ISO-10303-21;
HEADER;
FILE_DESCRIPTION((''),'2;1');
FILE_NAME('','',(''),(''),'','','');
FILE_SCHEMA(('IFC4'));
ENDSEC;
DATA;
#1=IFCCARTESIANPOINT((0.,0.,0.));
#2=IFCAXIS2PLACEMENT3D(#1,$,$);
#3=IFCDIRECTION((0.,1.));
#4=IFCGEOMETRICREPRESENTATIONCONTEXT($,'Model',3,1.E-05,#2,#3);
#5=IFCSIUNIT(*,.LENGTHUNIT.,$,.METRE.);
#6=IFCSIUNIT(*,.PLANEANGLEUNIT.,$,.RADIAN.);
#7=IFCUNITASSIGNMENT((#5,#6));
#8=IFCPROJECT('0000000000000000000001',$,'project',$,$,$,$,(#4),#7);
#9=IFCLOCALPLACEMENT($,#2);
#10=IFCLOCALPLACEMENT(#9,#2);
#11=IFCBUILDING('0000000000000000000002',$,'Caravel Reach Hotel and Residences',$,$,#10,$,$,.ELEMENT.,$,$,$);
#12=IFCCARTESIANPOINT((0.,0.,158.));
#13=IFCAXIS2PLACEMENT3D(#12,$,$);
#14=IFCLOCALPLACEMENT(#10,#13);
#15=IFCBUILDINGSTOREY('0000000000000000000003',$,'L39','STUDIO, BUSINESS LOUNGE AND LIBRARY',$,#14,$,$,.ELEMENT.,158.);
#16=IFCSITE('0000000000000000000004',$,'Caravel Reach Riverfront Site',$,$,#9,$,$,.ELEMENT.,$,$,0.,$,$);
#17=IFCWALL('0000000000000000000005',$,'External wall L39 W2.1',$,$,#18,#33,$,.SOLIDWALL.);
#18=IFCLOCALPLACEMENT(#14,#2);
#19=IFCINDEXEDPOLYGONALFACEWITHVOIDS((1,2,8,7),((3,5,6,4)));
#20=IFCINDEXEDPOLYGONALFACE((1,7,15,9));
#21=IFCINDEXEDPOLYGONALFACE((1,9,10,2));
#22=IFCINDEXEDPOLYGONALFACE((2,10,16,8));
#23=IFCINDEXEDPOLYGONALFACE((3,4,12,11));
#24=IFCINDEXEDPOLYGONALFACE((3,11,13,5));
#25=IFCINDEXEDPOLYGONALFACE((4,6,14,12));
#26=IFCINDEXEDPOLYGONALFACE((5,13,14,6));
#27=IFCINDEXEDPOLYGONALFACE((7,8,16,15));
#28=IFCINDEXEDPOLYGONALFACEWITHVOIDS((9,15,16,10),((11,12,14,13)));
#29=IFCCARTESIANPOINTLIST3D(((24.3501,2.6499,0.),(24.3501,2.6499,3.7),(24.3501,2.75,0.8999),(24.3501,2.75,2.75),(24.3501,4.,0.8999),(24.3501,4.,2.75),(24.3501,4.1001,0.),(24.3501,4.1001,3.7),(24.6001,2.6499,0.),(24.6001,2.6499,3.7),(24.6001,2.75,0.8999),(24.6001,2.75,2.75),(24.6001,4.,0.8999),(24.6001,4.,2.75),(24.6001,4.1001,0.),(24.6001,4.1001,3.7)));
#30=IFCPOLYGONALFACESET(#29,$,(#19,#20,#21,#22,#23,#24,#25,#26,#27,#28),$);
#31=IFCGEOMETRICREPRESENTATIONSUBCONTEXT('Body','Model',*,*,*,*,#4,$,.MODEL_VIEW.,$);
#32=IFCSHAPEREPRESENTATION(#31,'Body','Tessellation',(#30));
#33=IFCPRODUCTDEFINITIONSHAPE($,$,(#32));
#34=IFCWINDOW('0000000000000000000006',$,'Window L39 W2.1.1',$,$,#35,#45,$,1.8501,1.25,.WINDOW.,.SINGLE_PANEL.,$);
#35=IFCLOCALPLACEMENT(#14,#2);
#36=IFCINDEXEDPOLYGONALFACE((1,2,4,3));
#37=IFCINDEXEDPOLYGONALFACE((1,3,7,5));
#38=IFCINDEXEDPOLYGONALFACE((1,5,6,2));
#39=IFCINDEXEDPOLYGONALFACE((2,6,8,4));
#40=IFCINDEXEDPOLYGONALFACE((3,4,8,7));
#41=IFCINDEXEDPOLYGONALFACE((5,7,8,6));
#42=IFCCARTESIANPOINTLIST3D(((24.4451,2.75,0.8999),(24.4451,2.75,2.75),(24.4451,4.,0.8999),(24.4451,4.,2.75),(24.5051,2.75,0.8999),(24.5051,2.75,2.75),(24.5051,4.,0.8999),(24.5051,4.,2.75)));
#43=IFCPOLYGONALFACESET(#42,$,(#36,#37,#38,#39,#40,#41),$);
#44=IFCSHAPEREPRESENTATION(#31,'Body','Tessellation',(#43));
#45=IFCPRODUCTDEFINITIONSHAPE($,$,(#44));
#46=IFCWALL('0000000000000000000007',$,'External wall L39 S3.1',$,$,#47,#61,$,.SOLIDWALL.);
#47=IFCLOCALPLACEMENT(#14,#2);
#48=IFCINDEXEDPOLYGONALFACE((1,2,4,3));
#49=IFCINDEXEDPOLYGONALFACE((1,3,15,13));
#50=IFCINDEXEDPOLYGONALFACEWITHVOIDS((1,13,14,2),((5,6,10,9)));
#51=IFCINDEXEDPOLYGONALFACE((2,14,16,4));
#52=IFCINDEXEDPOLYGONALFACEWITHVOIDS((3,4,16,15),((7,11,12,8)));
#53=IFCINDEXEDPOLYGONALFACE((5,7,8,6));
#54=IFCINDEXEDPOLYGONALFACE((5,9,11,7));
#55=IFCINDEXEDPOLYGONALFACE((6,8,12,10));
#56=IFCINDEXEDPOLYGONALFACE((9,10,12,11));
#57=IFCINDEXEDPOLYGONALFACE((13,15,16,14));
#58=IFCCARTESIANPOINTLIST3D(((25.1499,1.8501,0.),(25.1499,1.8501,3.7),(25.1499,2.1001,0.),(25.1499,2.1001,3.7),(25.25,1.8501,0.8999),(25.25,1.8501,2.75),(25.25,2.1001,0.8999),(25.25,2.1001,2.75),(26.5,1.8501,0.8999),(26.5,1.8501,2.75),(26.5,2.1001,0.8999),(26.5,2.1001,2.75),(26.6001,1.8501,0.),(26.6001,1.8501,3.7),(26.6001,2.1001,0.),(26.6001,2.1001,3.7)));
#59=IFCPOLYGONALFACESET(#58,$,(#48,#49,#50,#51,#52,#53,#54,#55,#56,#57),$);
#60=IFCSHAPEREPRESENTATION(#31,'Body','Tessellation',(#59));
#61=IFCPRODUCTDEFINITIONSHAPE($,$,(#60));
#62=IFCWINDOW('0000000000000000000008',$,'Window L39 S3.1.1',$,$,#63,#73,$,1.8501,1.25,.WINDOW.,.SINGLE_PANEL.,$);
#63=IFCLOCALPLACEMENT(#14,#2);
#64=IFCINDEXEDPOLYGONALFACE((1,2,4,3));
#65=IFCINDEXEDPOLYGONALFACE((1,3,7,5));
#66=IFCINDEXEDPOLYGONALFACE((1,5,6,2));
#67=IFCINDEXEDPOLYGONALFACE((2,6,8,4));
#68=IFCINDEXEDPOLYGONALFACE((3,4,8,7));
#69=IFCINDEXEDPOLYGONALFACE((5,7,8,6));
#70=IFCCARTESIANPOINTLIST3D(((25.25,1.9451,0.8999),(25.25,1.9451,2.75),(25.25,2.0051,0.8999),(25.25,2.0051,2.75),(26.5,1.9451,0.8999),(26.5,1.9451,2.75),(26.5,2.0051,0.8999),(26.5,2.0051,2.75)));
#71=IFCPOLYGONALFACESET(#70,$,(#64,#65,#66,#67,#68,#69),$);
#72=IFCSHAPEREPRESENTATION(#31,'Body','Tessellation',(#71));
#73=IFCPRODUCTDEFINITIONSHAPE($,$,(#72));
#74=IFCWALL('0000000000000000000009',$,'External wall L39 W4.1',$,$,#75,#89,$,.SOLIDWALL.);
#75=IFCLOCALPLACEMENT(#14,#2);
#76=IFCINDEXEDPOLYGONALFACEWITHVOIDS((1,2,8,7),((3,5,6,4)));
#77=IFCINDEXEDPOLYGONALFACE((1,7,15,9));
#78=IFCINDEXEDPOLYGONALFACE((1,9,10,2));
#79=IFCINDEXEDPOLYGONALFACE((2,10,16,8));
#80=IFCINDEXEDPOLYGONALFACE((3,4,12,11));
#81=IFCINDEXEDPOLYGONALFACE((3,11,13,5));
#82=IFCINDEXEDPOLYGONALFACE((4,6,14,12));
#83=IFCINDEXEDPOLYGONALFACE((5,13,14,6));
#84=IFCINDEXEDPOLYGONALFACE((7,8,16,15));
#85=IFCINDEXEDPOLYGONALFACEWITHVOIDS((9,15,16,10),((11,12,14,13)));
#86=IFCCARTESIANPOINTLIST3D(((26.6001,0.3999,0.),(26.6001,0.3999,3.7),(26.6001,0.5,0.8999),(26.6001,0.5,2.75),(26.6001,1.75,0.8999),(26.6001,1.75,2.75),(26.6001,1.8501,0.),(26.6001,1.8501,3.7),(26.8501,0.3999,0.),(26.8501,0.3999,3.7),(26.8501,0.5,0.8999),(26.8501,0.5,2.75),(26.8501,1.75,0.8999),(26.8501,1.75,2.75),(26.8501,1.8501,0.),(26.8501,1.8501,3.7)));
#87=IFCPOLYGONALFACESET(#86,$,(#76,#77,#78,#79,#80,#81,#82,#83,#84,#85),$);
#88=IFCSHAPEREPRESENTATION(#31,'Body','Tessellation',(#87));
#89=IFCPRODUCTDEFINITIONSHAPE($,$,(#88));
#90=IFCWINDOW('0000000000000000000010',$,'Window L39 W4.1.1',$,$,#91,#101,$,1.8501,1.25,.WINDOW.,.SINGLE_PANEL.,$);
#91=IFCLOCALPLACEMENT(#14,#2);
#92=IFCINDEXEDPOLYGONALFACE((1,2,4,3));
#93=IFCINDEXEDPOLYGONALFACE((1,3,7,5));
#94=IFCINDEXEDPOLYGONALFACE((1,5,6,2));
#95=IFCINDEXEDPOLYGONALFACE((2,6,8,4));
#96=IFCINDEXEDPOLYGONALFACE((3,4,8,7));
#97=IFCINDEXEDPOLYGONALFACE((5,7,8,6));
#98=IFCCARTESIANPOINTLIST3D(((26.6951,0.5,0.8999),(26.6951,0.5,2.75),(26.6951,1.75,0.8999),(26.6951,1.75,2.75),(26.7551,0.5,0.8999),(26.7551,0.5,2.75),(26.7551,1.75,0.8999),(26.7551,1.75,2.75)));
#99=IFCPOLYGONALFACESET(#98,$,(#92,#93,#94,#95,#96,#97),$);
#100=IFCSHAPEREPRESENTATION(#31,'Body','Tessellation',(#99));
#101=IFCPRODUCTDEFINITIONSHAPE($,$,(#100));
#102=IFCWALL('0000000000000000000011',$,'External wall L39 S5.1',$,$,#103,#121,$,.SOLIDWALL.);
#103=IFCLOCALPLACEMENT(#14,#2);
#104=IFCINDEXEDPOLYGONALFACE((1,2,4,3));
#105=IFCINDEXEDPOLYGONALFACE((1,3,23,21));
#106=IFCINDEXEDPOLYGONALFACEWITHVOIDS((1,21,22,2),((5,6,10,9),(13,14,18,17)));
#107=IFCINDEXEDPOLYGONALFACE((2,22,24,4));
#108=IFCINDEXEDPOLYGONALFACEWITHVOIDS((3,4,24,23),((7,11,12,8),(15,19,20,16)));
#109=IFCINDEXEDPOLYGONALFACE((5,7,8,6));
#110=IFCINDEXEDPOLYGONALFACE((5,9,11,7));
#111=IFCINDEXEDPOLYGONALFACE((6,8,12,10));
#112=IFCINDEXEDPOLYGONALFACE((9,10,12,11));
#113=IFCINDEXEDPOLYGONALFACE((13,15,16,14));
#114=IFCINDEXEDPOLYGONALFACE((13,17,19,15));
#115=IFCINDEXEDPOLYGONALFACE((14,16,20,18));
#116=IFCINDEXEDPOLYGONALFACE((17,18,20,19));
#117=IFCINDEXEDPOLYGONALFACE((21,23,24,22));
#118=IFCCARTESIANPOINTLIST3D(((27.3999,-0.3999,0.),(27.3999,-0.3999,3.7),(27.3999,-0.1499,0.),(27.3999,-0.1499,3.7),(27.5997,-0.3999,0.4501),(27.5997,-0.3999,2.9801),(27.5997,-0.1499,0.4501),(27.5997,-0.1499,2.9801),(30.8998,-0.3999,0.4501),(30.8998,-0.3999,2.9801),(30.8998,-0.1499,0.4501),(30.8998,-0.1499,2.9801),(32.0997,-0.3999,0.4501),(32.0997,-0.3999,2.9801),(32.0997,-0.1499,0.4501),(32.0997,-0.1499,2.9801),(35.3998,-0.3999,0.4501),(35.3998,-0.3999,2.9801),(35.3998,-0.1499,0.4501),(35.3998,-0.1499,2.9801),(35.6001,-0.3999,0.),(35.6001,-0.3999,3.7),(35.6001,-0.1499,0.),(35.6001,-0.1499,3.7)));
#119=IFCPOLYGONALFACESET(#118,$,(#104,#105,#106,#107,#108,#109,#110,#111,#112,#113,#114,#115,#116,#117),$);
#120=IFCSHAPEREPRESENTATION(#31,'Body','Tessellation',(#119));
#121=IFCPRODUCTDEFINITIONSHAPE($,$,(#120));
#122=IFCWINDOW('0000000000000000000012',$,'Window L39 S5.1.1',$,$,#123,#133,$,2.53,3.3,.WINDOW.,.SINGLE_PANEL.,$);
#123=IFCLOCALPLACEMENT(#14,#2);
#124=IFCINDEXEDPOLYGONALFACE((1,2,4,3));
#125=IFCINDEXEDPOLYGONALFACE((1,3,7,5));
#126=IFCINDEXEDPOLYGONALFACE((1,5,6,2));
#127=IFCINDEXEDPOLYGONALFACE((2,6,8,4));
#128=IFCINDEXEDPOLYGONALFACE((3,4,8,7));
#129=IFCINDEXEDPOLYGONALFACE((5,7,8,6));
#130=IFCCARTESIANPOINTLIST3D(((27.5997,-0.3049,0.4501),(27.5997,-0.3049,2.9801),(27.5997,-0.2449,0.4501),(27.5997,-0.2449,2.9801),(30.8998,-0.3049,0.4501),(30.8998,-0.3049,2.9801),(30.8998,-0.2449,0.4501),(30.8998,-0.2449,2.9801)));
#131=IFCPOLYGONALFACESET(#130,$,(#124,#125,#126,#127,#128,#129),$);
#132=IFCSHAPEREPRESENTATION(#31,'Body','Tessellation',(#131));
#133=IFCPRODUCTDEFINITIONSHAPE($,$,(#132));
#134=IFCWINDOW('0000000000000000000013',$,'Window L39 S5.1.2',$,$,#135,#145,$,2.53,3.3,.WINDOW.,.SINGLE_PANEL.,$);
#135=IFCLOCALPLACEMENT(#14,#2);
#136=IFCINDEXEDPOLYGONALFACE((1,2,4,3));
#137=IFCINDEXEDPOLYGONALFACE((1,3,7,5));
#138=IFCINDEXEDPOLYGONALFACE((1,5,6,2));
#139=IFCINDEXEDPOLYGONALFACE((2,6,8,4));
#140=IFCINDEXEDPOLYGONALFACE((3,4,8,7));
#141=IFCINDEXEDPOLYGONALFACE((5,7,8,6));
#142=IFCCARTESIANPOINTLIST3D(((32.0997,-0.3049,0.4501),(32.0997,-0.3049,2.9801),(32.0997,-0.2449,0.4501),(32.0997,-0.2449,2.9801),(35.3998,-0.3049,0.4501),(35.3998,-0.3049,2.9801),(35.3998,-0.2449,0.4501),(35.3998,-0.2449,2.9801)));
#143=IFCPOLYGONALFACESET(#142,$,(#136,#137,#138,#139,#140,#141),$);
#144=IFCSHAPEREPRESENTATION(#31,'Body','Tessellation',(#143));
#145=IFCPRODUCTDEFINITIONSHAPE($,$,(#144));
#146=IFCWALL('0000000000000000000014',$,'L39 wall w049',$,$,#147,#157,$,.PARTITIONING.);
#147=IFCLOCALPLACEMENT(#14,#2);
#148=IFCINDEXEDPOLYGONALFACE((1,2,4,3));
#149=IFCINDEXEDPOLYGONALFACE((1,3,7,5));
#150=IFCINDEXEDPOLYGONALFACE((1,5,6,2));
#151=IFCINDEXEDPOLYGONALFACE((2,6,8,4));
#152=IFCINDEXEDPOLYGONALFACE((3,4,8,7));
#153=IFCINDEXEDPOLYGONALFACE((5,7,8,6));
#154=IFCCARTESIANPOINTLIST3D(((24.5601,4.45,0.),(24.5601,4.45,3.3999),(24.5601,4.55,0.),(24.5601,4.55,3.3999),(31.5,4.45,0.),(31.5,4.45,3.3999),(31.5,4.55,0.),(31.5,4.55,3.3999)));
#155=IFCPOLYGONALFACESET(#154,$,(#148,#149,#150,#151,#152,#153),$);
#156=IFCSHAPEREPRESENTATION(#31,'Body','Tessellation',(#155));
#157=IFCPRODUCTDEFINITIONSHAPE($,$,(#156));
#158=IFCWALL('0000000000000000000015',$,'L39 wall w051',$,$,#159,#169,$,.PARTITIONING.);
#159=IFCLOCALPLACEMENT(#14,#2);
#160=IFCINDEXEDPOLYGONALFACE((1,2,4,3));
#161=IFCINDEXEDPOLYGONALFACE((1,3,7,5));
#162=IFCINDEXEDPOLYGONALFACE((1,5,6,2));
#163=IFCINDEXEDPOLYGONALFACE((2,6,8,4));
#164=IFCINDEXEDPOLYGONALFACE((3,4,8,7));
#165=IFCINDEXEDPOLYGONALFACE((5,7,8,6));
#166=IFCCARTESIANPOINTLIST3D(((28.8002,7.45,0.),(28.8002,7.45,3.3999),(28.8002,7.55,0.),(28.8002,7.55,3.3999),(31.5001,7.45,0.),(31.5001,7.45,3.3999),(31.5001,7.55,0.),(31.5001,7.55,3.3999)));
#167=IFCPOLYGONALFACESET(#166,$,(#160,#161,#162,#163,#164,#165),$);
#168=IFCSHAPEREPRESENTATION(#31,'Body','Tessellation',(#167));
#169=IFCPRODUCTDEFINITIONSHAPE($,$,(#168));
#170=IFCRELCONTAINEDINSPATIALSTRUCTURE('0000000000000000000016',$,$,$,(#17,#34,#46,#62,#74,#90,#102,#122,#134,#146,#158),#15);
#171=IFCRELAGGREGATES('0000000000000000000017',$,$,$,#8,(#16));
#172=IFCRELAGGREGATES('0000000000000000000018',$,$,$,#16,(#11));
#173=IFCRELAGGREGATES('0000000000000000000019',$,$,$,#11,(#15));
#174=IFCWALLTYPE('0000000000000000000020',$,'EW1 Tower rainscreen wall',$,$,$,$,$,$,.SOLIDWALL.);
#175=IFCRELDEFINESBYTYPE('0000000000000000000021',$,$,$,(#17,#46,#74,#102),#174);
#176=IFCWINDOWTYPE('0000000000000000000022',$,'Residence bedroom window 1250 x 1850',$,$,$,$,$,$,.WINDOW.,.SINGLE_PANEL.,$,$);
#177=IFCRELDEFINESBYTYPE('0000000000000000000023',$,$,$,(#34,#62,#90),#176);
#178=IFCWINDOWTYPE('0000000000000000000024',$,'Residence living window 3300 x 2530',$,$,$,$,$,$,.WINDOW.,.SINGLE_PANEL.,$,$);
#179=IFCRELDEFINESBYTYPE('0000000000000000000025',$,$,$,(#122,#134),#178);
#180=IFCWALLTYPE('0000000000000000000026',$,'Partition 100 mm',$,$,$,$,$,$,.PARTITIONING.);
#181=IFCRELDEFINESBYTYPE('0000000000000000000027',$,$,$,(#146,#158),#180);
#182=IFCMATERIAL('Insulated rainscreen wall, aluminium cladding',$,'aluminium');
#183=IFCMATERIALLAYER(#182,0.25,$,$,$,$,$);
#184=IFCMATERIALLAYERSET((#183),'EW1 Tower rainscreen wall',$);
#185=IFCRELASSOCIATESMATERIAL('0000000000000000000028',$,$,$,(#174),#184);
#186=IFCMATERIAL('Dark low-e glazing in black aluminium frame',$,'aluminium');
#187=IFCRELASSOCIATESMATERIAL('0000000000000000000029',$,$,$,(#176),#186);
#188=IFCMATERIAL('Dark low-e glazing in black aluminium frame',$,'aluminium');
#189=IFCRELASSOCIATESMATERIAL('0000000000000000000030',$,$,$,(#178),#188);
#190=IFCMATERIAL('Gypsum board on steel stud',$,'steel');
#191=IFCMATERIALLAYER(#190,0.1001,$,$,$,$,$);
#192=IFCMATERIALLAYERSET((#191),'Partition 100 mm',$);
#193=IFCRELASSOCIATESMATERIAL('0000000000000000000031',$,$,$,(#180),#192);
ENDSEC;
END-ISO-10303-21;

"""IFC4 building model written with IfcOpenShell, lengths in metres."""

from ifc_helpers import new_model, si_unit, direction, frame, frame_2d, origin, place, context, subcontext, project, spatial, rectangle, extrude, material, layer, layer_set, type_object, element, fill, save


model = new_model("IFC4")

# Units and contexts
model_context = context("Model", 3, precision=1e-05, world=origin(), true_north=direction((0.0, 1.0)))
body_context = subcontext(model_context, "Body", "Model", "MODEL_VIEW")
ifc_project = project(units=[si_unit("LENGTHUNIT", "METRE"), si_unit("PLANEANGLEUNIT", "RADIAN")], contexts=[model_context])

# Site, building, storey
site_placement = place(None, origin())
site = spatial("IfcSite", under=ifc_project, at=site_placement, Name="Caravel Reach Riverfront Site", CompositionType="ELEMENT", RefElevation=0.0)
building_placement = place(site_placement, origin())
building = spatial("IfcBuilding", under=site, at=building_placement, Name="Caravel Reach Hotel and Residences", CompositionType="ELEMENT")
storey_placement = place(building_placement, frame((0.0, 0.0, 158.0)))
storey = spatial("IfcBuildingStorey", under=building, at=storey_placement, Name="L39", Description="STUDIO, BUSINESS LOUNGE AND LIBRARY", CompositionType="ELEMENT", Elevation=158.0)

# Walls, openings, windows
ifc_material_1 = material(Name="Insulated rainscreen wall, aluminium cladding", Category="aluminium")
ifc_layer_1 = layer(ifc_material_1, 0.25)
ifc_layer_set_1 = layer_set([ifc_layer_1], Name="EW1 Tower rainscreen wall")
wall_type_1 = type_object("IfcWallType", Name="EW1 Tower rainscreen wall", PredefinedType="SOLIDWALL", material=ifc_layer_set_1)
wall_1_placement = place(storey_placement, frame((24.4751, 4.1001, 0.0), z_axis=(0.0, 0.0, 1.0), x_axis=(0.0, -1.0, 0.0)))
wall_1 = element("IfcWall", 1, at=wall_1_placement, inside=storey, type_object=wall_type_1, Name="External wall L39 W2.1", PredefinedType="SOLIDWALL", context=body_context, shape_type="SweptSolid", body=[
    extrude(rectangle(XDim=1.4502, YDim=0.25, at=frame_2d((0.7251, 0.0))), origin(), (0.0, 0.0, 1.0), 3.7),
])
opening_1_placement = place(wall_1_placement, frame((0.1001, 0.0, 0.8999)))
opening_1 = element("IfcOpeningElement", 2, at=opening_1_placement, cuts=wall_1, PredefinedType="OPENING", context=body_context, shape_type="SweptSolid", body=[
    extrude(rectangle(XDim=1.25, YDim=1.8501, at=frame_2d((0.625, 0.925))), frame((0.0, 0.135, 0.0), z_axis=(0.0, -1.0, 0.0), x_axis=(1.0, 0.0, 0.0)), (0.0, 0.0, 1.0), 0.27),
])
ifc_material_2 = material(Name="Dark low-e glazing in black aluminium frame", Category="aluminium")
window_type_1 = type_object("IfcWindowType", Name="Residence bedroom window 1250 x 1850", PartitioningType="SINGLE_PANEL", PredefinedType="WINDOW", material=ifc_material_2)
window_1_placement = place(opening_1_placement, origin())
window_1 = element("IfcWindow", 3, at=window_1_placement, inside=storey, type_object=window_type_1, Name="Window L39 W2.1.1", OverallHeight=1.8501, OverallWidth=1.25, PartitioningType="SINGLE_PANEL", PredefinedType="WINDOW", context=body_context, shape_type="SweptSolid", body=[
    extrude(rectangle(XDim=1.25, YDim=1.8501, at=frame_2d((0.625, 0.925))), frame((0.0, 0.03, 0.0), z_axis=(0.0, -1.0, 0.0), x_axis=(1.0, 0.0, 0.0)), (0.0, 0.0, 1.0), 0.0601),
])
fill(opening_1, window_1)
wall_2_placement = place(storey_placement, frame((25.1499, 1.9751, 0.0), z_axis=(0.0, 0.0, 1.0), x_axis=(1.0, 0.0, 0.0)))
wall_2 = element("IfcWall", 4, at=wall_2_placement, inside=storey, type_object=wall_type_1, Name="External wall L39 S3.1", PredefinedType="SOLIDWALL", context=body_context, shape_type="SweptSolid", body=[
    extrude(rectangle(XDim=1.4502, YDim=0.25, at=frame_2d((0.7251, 0.0))), origin(), (0.0, 0.0, 1.0), 3.7),
])
opening_2_placement = place(wall_2_placement, frame((0.1001, 0.0, 0.8999)))
opening_2 = element("IfcOpeningElement", 5, at=opening_2_placement, cuts=wall_2, PredefinedType="OPENING", context=body_context, shape_type="SweptSolid", body=[
    extrude(rectangle(XDim=1.25, YDim=1.8501, at=frame_2d((0.625, 0.925))), frame((0.0, 0.135, 0.0), z_axis=(0.0, -1.0, 0.0), x_axis=(1.0, 0.0, 0.0)), (0.0, 0.0, 1.0), 0.27),
])
window_2_placement = place(opening_2_placement, origin())
window_2 = element("IfcWindow", 6, at=window_2_placement, inside=storey, type_object=window_type_1, Name="Window L39 S3.1.1", OverallHeight=1.8501, OverallWidth=1.25, PartitioningType="SINGLE_PANEL", PredefinedType="WINDOW", context=body_context, shape_type="SweptSolid", body=[
    extrude(rectangle(XDim=1.25, YDim=1.8501, at=frame_2d((0.625, 0.925))), frame((0.0, 0.03, 0.0), z_axis=(0.0, -1.0, 0.0), x_axis=(1.0, 0.0, 0.0)), (0.0, 0.0, 1.0), 0.0601),
])
fill(opening_2, window_2)
wall_3_placement = place(storey_placement, frame((26.7251, 1.8501, 0.0), z_axis=(0.0, 0.0, 1.0), x_axis=(0.0, -1.0, 0.0)))
wall_3 = element("IfcWall", 7, at=wall_3_placement, inside=storey, type_object=wall_type_1, Name="External wall L39 W4.1", PredefinedType="SOLIDWALL", context=body_context, shape_type="SweptSolid", body=[
    extrude(rectangle(XDim=1.4502, YDim=0.25, at=frame_2d((0.7251, 0.0))), origin(), (0.0, 0.0, 1.0), 3.7),
])
opening_3_placement = place(wall_3_placement, frame((0.1001, 0.0, 0.8999)))
opening_3 = element("IfcOpeningElement", 8, at=opening_3_placement, cuts=wall_3, PredefinedType="OPENING", context=body_context, shape_type="SweptSolid", body=[
    extrude(rectangle(XDim=1.25, YDim=1.8501, at=frame_2d((0.625, 0.925))), frame((0.0, 0.135, 0.0), z_axis=(0.0, -1.0, 0.0), x_axis=(1.0, 0.0, 0.0)), (0.0, 0.0, 1.0), 0.27),
])
window_3_placement = place(opening_3_placement, origin())
window_3 = element("IfcWindow", 9, at=window_3_placement, inside=storey, type_object=window_type_1, Name="Window L39 W4.1.1", OverallHeight=1.8501, OverallWidth=1.25, PartitioningType="SINGLE_PANEL", PredefinedType="WINDOW", context=body_context, shape_type="SweptSolid", body=[
    extrude(rectangle(XDim=1.25, YDim=1.8501, at=frame_2d((0.625, 0.925))), frame((0.0, 0.03, 0.0), z_axis=(0.0, -1.0, 0.0), x_axis=(1.0, 0.0, 0.0)), (0.0, 0.0, 1.0), 0.0601),
])
fill(opening_3, window_3)

# Wall, openings, windows
wall_4_placement = place(storey_placement, frame((27.3999, -0.2749, 0.0), z_axis=(0.0, 0.0, 1.0), x_axis=(1.0, 0.0, 0.0)))
wall_4 = element("IfcWall", 10, at=wall_4_placement, inside=storey, type_object=wall_type_1, Name="External wall L39 S5.1", PredefinedType="SOLIDWALL", context=body_context, shape_type="SweptSolid", body=[
    extrude(rectangle(XDim=8.2002, YDim=0.25, at=frame_2d((4.1001, 0.0))), origin(), (0.0, 0.0, 1.0), 3.7),
])
opening_4_placement = place(wall_4_placement, frame((0.2, 0.0, 0.45)))
opening_4 = element("IfcOpeningElement", 11, at=opening_4_placement, cuts=wall_4, PredefinedType="OPENING", context=body_context, shape_type="SweptSolid", body=[
    extrude(rectangle(XDim=3.3, YDim=2.53, at=frame_2d((1.6499, 1.2651))), frame((0.0, 0.135, 0.0), z_axis=(0.0, -1.0, 0.0), x_axis=(1.0, 0.0, 0.0)), (0.0, 0.0, 1.0), 0.27),
])
opening_5_placement = place(wall_4_placement, frame((4.7, 0.0, 0.45)))
opening_5 = element("IfcOpeningElement", 12, at=opening_5_placement, cuts=wall_4, PredefinedType="OPENING", context=body_context, shape_type="SweptSolid", body=[
    extrude(rectangle(XDim=3.3, YDim=2.53, at=frame_2d((1.6499, 1.2651))), frame((0.0, 0.135, 0.0), z_axis=(0.0, -1.0, 0.0), x_axis=(1.0, 0.0, 0.0)), (0.0, 0.0, 1.0), 0.27),
])
ifc_material_3 = material(Name="Dark low-e glazing in black aluminium frame", Category="aluminium")
window_type_2 = type_object("IfcWindowType", Name="Residence living window 3300 x 2530", PartitioningType="SINGLE_PANEL", PredefinedType="WINDOW", material=ifc_material_3)
window_4_placement = place(opening_4_placement, origin())
window_4 = element("IfcWindow", 13, at=window_4_placement, inside=storey, type_object=window_type_2, Name="Window L39 S5.1.1", OverallHeight=2.53, OverallWidth=3.3, PartitioningType="SINGLE_PANEL", PredefinedType="WINDOW", context=body_context, shape_type="SweptSolid", body=[
    extrude(rectangle(XDim=3.3, YDim=2.53, at=frame_2d((1.6499, 1.2651))), frame((0.0, 0.03, 0.0), z_axis=(0.0, -1.0, 0.0), x_axis=(1.0, 0.0, 0.0)), (0.0, 0.0, 1.0), 0.0601),
])
fill(opening_4, window_4)
window_5_placement = place(opening_5_placement, origin())
window_5 = element("IfcWindow", 14, at=window_5_placement, inside=storey, type_object=window_type_2, Name="Window L39 S5.1.2", OverallHeight=2.53, OverallWidth=3.3, PartitioningType="SINGLE_PANEL", PredefinedType="WINDOW", context=body_context, shape_type="SweptSolid", body=[
    extrude(rectangle(XDim=3.3, YDim=2.53, at=frame_2d((1.6499, 1.2651))), frame((0.0, 0.03, 0.0), z_axis=(0.0, -1.0, 0.0), x_axis=(1.0, 0.0, 0.0)), (0.0, 0.0, 1.0), 0.0601),
])
fill(opening_5, window_5)

# Walls
ifc_material_4 = material(Name="Gypsum board on steel stud", Category="steel")
ifc_layer_2 = layer(ifc_material_4, 0.1001)
ifc_layer_set_2 = layer_set([ifc_layer_2], Name="Partition 100 mm")
wall_type_2 = type_object("IfcWallType", Name="Partition 100 mm", PredefinedType="PARTITIONING", material=ifc_layer_set_2)
wall_5_placement = place(storey_placement, frame((24.5601, 4.5, 0.0), z_axis=(0.0, 0.0, 1.0), x_axis=(1.0, 0.0, 0.0)))
element("IfcWall", 15, at=wall_5_placement, inside=storey, type_object=wall_type_2, Name="L39 wall w049", PredefinedType="PARTITIONING", context=body_context, shape_type="SweptSolid", body=[
    extrude(rectangle(XDim=6.9399, YDim=0.1001, at=frame_2d((3.47, 0.0))), origin(), (0.0, 0.0, 1.0), 3.3999),
])
wall_6_placement = place(storey_placement, frame((28.8, 7.5, 0.0), z_axis=(0.0, 0.0, 1.0), x_axis=(1.0, 0.0, 0.0)))
element("IfcWall", 16, at=wall_6_placement, inside=storey, type_object=wall_type_2, Name="L39 wall w051", PredefinedType="PARTITIONING", context=body_context, shape_type="SweptSolid", body=[
    extrude(rectangle(XDim=2.7, YDim=0.1001, at=frame_2d((1.3501, 0.0))), origin(), (0.0, 0.0, 1.0), 3.3999),
])

save(model, "model.ifc")
